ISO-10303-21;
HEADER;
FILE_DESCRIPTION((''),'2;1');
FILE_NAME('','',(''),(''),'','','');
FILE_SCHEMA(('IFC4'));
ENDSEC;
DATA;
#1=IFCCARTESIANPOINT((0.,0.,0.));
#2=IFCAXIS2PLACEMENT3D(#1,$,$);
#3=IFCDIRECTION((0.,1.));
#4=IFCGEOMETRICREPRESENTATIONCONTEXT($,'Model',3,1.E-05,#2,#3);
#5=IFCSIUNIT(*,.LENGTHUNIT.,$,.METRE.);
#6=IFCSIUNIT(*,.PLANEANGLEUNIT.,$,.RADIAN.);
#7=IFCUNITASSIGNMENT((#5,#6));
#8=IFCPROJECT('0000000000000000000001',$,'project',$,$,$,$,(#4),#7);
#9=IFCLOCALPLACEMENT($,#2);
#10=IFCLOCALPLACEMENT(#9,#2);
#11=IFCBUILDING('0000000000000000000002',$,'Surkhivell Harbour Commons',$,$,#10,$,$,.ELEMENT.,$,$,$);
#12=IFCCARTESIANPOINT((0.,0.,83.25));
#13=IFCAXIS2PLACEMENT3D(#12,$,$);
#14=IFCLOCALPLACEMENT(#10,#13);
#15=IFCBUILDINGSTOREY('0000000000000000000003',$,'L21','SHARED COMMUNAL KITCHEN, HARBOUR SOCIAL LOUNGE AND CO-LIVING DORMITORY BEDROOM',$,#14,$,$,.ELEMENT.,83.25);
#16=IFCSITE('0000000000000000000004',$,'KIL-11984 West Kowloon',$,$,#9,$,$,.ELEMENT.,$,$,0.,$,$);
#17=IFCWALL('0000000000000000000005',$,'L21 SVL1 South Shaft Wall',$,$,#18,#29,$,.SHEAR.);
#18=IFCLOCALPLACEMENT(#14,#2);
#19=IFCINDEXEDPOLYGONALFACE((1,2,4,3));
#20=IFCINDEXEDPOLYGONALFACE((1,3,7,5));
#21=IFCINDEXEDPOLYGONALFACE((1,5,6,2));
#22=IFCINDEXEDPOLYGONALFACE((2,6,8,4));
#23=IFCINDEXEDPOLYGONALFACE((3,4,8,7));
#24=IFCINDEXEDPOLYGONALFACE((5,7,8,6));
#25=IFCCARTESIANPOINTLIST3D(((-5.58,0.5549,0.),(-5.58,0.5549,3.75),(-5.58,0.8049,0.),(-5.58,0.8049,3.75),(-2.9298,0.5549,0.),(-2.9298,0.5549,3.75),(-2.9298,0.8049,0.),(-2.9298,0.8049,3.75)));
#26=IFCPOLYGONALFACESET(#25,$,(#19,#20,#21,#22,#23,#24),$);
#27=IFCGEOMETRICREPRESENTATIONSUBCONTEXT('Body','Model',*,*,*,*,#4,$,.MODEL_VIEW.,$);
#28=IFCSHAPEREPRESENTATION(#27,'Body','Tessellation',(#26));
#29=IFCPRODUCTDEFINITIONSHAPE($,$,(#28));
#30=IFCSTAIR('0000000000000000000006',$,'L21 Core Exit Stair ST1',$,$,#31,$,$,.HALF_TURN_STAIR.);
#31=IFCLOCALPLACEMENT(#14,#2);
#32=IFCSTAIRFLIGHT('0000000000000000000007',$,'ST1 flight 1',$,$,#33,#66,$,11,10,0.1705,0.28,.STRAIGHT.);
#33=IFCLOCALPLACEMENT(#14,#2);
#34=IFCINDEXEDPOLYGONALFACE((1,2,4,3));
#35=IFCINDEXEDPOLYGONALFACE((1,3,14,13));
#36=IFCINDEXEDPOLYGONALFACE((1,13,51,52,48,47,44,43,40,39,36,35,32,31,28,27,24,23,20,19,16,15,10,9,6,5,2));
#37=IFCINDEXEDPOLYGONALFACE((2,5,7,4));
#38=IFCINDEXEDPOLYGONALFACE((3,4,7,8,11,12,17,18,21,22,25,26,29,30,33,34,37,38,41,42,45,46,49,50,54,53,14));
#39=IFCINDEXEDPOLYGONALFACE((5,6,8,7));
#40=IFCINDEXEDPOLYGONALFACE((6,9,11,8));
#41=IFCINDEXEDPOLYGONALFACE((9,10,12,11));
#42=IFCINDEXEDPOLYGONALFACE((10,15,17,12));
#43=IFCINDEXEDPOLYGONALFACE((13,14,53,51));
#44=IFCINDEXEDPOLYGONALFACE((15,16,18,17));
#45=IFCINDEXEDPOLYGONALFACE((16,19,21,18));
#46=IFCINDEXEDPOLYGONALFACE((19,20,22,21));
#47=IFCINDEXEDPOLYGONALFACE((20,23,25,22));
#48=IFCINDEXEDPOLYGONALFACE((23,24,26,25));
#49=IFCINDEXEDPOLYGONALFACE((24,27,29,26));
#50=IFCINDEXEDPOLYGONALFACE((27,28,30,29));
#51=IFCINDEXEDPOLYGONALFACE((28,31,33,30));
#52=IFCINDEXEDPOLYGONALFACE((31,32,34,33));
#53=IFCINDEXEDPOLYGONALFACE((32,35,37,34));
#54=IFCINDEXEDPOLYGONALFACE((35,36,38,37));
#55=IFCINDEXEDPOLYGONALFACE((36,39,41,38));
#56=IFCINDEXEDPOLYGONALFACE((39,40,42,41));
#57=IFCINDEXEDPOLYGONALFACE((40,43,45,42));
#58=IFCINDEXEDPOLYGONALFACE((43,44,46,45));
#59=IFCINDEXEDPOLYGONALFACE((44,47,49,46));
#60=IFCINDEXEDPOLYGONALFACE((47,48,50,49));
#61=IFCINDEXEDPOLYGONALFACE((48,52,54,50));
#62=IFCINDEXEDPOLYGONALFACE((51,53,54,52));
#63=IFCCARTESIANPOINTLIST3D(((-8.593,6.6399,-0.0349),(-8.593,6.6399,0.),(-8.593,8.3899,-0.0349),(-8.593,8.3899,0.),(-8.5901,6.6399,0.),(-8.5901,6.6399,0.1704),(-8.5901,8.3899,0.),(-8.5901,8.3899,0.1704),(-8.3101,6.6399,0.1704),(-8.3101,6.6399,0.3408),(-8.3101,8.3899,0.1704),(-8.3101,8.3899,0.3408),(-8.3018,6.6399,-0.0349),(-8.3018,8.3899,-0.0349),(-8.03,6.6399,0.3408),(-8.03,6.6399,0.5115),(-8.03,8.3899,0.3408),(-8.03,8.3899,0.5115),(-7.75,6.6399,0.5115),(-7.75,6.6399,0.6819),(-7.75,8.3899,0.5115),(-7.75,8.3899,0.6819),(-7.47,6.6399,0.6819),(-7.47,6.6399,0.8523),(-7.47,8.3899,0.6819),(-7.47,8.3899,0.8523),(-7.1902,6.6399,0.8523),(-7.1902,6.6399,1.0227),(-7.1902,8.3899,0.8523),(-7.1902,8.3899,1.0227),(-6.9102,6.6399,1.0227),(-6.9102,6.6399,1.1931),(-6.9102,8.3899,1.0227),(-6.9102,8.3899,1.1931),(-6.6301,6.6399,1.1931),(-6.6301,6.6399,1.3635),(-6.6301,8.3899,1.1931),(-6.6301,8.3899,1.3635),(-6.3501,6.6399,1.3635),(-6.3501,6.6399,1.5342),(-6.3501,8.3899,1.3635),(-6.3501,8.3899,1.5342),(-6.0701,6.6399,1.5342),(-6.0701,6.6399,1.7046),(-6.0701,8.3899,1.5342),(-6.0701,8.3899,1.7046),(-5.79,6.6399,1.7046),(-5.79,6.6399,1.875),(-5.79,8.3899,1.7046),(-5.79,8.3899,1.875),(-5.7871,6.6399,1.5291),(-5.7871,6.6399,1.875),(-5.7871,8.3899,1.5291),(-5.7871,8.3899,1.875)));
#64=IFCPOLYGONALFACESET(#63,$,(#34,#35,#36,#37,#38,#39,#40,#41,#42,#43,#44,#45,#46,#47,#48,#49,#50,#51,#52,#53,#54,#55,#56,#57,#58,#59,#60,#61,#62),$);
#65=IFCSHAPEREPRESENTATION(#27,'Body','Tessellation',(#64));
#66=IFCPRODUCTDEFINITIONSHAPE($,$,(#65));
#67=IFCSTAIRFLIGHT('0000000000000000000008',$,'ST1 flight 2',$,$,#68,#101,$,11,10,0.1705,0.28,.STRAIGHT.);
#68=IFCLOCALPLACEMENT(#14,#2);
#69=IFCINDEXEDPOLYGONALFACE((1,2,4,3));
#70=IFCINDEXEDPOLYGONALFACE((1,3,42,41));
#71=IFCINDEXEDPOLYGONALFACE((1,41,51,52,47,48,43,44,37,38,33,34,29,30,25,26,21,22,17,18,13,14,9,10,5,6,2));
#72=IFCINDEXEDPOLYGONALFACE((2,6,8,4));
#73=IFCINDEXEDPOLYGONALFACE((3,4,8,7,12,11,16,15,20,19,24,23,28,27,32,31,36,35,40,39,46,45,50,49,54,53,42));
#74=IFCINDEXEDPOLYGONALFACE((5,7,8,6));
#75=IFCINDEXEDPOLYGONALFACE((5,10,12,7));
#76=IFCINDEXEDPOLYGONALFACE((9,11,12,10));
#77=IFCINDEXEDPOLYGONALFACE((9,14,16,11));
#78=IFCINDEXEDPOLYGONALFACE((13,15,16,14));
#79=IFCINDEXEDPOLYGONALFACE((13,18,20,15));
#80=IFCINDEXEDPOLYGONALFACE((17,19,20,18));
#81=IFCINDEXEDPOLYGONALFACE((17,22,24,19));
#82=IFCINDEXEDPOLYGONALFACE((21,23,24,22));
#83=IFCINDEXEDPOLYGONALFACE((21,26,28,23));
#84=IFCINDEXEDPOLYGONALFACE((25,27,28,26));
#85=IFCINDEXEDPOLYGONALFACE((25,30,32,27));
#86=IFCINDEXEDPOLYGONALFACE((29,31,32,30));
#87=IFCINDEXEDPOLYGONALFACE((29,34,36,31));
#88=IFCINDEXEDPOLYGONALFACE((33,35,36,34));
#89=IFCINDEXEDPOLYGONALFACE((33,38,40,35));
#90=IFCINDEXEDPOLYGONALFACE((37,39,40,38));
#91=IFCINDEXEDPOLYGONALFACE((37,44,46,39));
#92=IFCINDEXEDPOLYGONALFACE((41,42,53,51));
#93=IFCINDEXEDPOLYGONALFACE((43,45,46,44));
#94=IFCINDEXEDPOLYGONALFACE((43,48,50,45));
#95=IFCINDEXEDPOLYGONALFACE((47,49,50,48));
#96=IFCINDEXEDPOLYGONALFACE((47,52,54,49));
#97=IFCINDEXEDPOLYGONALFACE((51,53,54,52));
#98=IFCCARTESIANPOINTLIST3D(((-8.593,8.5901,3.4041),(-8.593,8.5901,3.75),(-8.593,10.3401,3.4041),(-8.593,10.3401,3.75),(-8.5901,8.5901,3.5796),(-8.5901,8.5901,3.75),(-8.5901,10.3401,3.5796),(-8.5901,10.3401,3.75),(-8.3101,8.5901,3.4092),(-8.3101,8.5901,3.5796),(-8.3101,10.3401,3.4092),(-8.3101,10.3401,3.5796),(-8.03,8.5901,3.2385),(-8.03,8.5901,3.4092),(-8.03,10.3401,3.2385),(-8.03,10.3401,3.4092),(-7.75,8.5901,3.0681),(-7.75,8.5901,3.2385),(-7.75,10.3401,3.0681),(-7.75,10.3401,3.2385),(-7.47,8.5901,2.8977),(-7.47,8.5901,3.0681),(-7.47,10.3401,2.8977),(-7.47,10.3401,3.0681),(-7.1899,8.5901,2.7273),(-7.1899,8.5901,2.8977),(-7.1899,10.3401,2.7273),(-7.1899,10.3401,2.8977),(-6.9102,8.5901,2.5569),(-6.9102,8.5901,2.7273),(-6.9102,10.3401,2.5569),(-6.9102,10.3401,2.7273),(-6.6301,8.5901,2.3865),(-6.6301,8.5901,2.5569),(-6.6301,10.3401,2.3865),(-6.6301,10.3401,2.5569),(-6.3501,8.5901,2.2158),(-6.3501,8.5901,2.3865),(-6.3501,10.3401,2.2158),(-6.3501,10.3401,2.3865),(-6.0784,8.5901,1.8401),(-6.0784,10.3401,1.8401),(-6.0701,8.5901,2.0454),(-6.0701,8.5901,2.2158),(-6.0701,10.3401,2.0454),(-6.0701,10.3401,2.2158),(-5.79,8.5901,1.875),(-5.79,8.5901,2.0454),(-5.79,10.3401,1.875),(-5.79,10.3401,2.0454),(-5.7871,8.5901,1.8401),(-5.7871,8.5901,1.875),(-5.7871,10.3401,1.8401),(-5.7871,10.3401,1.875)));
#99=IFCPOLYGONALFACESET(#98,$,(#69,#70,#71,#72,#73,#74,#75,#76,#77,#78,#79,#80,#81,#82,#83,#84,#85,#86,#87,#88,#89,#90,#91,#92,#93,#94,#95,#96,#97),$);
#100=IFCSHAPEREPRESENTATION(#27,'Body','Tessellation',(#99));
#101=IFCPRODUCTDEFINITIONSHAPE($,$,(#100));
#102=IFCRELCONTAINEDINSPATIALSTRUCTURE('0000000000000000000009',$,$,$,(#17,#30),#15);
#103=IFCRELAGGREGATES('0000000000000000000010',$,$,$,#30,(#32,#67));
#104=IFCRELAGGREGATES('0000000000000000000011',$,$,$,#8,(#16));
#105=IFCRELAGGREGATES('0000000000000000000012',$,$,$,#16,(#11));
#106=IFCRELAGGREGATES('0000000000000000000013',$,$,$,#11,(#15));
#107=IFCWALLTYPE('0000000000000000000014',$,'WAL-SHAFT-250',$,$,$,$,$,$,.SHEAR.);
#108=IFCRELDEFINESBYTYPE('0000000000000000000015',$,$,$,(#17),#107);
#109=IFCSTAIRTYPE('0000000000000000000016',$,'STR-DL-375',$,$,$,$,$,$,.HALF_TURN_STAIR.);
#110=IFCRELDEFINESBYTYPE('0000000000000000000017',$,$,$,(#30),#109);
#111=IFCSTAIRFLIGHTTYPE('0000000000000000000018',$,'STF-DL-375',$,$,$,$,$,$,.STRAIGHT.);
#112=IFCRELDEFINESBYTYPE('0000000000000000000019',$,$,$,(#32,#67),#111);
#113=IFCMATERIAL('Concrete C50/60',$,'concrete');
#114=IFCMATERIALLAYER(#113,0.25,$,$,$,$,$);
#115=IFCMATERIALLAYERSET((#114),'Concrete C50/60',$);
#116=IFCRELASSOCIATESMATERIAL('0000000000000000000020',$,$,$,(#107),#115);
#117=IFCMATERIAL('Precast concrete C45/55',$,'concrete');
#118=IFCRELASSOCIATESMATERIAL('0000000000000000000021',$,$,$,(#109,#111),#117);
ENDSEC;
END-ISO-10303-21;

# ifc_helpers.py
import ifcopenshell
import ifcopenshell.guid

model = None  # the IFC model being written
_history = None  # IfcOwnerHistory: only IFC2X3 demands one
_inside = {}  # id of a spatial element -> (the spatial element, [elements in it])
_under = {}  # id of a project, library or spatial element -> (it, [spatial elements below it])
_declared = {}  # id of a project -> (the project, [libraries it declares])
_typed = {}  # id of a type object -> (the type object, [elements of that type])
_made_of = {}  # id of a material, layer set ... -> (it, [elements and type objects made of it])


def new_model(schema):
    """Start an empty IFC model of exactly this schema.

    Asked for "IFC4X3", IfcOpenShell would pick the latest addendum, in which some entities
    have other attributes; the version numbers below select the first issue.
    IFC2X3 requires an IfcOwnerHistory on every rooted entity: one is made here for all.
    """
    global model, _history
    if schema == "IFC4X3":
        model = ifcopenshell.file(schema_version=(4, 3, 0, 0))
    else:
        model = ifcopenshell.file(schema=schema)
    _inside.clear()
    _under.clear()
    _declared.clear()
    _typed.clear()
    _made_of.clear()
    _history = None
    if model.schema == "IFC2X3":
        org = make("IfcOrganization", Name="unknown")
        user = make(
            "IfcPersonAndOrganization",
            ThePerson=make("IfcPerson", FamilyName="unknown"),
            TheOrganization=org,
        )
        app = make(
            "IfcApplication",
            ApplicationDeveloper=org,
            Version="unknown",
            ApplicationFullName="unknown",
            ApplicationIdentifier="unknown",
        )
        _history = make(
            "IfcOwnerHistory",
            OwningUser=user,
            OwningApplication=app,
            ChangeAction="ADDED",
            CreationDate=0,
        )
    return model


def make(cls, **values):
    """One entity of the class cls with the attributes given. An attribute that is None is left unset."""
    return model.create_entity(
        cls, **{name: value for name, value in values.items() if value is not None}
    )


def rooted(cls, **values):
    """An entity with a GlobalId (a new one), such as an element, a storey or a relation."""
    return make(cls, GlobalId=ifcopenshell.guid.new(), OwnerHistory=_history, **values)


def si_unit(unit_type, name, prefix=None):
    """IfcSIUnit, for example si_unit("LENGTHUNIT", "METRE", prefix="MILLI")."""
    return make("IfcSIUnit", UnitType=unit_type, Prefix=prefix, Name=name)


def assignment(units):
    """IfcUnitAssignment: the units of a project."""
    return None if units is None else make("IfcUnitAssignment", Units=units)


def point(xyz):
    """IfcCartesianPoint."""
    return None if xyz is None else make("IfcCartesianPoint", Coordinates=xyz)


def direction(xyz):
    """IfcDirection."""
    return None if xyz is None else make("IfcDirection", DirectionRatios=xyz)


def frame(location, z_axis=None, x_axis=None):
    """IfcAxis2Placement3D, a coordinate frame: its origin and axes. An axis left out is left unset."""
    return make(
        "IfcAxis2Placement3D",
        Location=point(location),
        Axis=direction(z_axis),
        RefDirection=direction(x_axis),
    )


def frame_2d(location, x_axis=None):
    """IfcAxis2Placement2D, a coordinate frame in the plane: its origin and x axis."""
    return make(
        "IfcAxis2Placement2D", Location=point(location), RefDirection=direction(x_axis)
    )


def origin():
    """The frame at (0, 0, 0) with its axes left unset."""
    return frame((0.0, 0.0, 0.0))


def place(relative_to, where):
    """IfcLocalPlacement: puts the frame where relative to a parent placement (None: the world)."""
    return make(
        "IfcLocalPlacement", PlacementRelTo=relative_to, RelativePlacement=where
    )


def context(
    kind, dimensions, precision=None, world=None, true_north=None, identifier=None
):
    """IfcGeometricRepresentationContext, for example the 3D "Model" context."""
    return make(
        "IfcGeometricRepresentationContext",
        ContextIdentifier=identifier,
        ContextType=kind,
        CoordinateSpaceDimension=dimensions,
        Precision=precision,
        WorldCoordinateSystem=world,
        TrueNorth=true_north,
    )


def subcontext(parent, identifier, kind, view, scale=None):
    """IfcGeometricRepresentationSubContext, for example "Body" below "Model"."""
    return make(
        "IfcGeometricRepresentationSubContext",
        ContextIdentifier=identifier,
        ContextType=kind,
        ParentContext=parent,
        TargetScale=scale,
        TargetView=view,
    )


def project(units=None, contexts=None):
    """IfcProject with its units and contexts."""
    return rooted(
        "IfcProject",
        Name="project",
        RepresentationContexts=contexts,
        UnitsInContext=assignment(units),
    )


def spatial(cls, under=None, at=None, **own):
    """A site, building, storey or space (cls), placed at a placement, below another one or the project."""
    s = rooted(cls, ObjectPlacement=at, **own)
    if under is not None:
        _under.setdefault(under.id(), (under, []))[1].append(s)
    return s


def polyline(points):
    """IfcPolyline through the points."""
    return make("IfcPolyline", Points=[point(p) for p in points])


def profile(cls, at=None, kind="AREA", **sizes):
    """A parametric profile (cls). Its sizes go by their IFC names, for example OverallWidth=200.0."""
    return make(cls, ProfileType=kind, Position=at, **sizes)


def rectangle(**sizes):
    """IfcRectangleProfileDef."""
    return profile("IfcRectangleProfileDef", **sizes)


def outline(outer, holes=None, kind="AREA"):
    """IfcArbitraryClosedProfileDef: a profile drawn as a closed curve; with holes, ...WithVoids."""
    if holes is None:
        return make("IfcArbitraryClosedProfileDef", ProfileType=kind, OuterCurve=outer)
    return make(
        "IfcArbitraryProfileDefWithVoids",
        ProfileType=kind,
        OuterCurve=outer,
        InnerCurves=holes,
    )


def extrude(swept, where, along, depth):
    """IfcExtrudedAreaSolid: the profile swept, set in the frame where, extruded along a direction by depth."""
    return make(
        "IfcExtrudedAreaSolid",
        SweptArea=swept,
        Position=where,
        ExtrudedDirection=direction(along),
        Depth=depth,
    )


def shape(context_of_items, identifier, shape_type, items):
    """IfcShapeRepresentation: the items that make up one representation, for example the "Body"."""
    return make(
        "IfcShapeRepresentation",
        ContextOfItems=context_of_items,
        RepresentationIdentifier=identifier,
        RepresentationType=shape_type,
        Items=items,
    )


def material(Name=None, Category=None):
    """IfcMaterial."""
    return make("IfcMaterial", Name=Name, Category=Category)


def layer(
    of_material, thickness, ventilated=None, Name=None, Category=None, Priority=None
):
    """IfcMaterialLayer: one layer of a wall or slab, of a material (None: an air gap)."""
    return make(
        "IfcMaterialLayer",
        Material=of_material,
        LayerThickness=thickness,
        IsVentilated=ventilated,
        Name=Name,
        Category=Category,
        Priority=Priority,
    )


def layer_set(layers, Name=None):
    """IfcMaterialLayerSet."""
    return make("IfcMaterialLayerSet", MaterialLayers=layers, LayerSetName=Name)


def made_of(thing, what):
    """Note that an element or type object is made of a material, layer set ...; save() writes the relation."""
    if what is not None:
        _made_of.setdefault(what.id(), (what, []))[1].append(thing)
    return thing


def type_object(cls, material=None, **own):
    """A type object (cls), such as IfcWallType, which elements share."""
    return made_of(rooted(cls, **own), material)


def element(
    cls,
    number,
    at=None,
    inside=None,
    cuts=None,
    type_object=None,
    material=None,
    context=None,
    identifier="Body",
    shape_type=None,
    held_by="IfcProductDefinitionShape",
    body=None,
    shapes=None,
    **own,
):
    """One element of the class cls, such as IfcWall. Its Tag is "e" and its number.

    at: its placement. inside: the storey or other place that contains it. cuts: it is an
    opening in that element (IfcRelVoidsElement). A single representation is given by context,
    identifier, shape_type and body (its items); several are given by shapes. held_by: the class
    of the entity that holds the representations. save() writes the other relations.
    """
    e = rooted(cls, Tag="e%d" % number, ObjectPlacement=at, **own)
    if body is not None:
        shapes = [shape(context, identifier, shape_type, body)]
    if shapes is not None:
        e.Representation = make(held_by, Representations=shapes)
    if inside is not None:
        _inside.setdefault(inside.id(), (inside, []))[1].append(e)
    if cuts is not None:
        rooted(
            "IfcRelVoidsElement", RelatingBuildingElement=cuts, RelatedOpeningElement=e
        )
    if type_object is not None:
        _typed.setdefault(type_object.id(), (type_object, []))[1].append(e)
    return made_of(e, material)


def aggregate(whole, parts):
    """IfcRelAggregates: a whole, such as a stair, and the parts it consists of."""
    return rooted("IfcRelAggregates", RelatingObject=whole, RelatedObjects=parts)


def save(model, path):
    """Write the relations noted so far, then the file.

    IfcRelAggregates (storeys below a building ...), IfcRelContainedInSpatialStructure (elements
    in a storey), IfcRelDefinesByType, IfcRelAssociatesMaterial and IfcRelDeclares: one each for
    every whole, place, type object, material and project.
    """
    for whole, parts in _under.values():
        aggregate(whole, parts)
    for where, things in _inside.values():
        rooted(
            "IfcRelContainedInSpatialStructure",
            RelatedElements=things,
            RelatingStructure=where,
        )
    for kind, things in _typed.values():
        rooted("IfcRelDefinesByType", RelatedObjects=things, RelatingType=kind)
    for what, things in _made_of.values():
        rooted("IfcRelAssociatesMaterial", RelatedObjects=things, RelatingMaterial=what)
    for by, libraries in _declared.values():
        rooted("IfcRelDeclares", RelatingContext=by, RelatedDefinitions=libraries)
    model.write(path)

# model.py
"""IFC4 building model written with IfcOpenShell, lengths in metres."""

from ifc_helpers import new_model, si_unit, direction, frame, frame_2d, origin, place, context, subcontext, project, spatial, polyline, rectangle, outline, extrude, material, layer, layer_set, type_object, element, aggregate, save


model = new_model("IFC4")

# Units and contexts
model_context = context("Model", 3, precision=1e-05, world=origin(), true_north=direction((0.0, 1.0)))
body_context = subcontext(model_context, "Body", "Model", "MODEL_VIEW")
ifc_project = project(units=[si_unit("LENGTHUNIT", "METRE"), si_unit("PLANEANGLEUNIT", "RADIAN")], contexts=[model_context])

# Site, building, storey
site_placement = place(None, origin())
site = spatial("IfcSite", under=ifc_project, at=site_placement, Name="KIL-11984 West Kowloon", CompositionType="ELEMENT", RefElevation=0.0)
building_placement = place(site_placement, origin())
building = spatial("IfcBuilding", under=site, at=building_placement, Name="Surkhivell Harbour Commons", CompositionType="ELEMENT")
storey_placement = place(building_placement, frame((0.0, 0.0, 83.25)))
storey = spatial("IfcBuildingStorey", under=building, at=storey_placement, Name="L21", Description="SHARED COMMUNAL KITCHEN, HARBOUR SOCIAL LOUNGE AND CO-LIVING DORMITORY BEDROOM", CompositionType="ELEMENT", Elevation=83.25)

# Shared definitions
ifc_material_1 = material(Name="Concrete C50/60", Category="concrete")
ifc_layer_1 = layer(ifc_material_1, 0.25)
ifc_layer_set_1 = layer_set([ifc_layer_1], Name="Concrete C50/60")
wall_type_1 = type_object("IfcWallType", Name="WAL-SHAFT-250", PredefinedType="SHEAR", material=ifc_layer_set_1)

# Wall
wall_1_placement = place(storey_placement, frame((-5.5801, 0.6799, 0.0), z_axis=(0.0, 0.0, 1.0), x_axis=(1.0, 0.0, 0.0)))
element("IfcWall", 1, at=wall_1_placement, inside=storey, type_object=wall_type_1, Name="L21 SVL1 South Shaft Wall", PredefinedType="SHEAR", context=body_context, shape_type="SweptSolid", body=[
    extrude(rectangle(XDim=2.6501, YDim=0.25, at=frame_2d((1.3252, 0.0))), origin(), (0.0, 0.0, 1.0), 3.75),
])

# Stair, stair flights
ifc_material_2 = material(Name="Precast concrete C45/55", Category="concrete")
stair_type = type_object("IfcStairType", Name="STR-DL-375", PredefinedType="HALF_TURN_STAIR", material=ifc_material_2)
stair_placement = place(storey_placement, origin())
stair = element("IfcStair", 2, at=stair_placement, inside=storey, type_object=stair_type, Name="L21 Core Exit Stair ST1", PredefinedType="HALF_TURN_STAIR")
stair_flight_type = type_object("IfcStairFlightType", Name="STF-DL-375", PredefinedType="STRAIGHT", material=ifc_material_2)
stair_flight_1_placement = place(storey_placement, frame((-8.5901, 7.5149, 0.0), z_axis=(0.0, 0.0, 1.0), x_axis=(1.0, 0.0, 0.0)))
stair_flight_1 = element("IfcStairFlight", 3, at=stair_flight_1_placement, type_object=stair_flight_type, Name="ST1 flight 1", NumberOfRisers=11, NumberOfTreads=10, PredefinedType="STRAIGHT", RiserHeight=0.1705, TreadLength=0.28, context=body_context, shape_type="SweptSolid", body=[
    extrude(outline(polyline([(-0.0029, -0.0349), (-0.0029, 0.0), (0.0, 0.0), (0.0, 0.1704), (0.28, 0.1704), (0.28, 0.3408), (0.5601, 0.3408), (0.5601, 0.5115), (0.8401, 0.5115), (0.8401, 0.6819), (1.1201, 0.6819), (1.1201, 0.8523), (1.3999, 0.8523), (1.3999, 1.0227), (1.6799, 1.0227), (1.6799, 1.1931), (1.96, 1.1931), (1.96, 1.3635), (2.24, 1.3635), (2.24, 1.5342), (2.52, 1.5342), (2.52, 1.7046), (2.8, 1.7046), (2.8, 1.875), (2.803, 1.875), (2.803, 1.5291), (0.2883, -0.0349), (-0.0029, -0.0349)])), frame((0.0, 0.875, 0.0), z_axis=(0.0, -1.0, 0.0), x_axis=(1.0, 0.0, 0.0)), (0.0, 0.0, 1.0), 1.75),
])
stair_flight_2_placement = place(storey_placement, frame((-5.79, 9.4651, 1.875), z_axis=(0.0, 0.0, 1.0), x_axis=(-1.0, 0.0, 0.0)))
stair_flight_2 = element("IfcStairFlight", 4, at=stair_flight_2_placement, type_object=stair_flight_type, Name="ST1 flight 2", NumberOfRisers=11, NumberOfTreads=10, PredefinedType="STRAIGHT", RiserHeight=0.1705, TreadLength=0.28, context=body_context, shape_type="SweptSolid", body=[
    extrude(outline(polyline([(-0.0029, -0.0349), (-0.0029, 0.0), (0.0, 0.0), (0.0, 0.1704), (0.28, 0.1704), (0.28, 0.3408), (0.5601, 0.3408), (0.5601, 0.5115), (0.8401, 0.5115), (0.8401, 0.6819), (1.1201, 0.6819), (1.1201, 0.8523), (1.3999, 0.8523), (1.3999, 1.0227), (1.6799, 1.0227), (1.6799, 1.1931), (1.96, 1.1931), (1.96, 1.3635), (2.24, 1.3635), (2.24, 1.5342), (2.52, 1.5342), (2.52, 1.7046), (2.8, 1.7046), (2.8, 1.875), (2.803, 1.875), (2.803, 1.5291), (0.2883, -0.0349), (-0.0029, -0.0349)])), frame((0.0, 0.875, 0.0), z_axis=(0.0, -1.0, 0.0), x_axis=(1.0, 0.0, 0.0)), (0.0, 0.0, 1.0), 1.75),
])
aggregate(stair, [stair_flight_1, stair_flight_2])

save(model, "model.ifc")
